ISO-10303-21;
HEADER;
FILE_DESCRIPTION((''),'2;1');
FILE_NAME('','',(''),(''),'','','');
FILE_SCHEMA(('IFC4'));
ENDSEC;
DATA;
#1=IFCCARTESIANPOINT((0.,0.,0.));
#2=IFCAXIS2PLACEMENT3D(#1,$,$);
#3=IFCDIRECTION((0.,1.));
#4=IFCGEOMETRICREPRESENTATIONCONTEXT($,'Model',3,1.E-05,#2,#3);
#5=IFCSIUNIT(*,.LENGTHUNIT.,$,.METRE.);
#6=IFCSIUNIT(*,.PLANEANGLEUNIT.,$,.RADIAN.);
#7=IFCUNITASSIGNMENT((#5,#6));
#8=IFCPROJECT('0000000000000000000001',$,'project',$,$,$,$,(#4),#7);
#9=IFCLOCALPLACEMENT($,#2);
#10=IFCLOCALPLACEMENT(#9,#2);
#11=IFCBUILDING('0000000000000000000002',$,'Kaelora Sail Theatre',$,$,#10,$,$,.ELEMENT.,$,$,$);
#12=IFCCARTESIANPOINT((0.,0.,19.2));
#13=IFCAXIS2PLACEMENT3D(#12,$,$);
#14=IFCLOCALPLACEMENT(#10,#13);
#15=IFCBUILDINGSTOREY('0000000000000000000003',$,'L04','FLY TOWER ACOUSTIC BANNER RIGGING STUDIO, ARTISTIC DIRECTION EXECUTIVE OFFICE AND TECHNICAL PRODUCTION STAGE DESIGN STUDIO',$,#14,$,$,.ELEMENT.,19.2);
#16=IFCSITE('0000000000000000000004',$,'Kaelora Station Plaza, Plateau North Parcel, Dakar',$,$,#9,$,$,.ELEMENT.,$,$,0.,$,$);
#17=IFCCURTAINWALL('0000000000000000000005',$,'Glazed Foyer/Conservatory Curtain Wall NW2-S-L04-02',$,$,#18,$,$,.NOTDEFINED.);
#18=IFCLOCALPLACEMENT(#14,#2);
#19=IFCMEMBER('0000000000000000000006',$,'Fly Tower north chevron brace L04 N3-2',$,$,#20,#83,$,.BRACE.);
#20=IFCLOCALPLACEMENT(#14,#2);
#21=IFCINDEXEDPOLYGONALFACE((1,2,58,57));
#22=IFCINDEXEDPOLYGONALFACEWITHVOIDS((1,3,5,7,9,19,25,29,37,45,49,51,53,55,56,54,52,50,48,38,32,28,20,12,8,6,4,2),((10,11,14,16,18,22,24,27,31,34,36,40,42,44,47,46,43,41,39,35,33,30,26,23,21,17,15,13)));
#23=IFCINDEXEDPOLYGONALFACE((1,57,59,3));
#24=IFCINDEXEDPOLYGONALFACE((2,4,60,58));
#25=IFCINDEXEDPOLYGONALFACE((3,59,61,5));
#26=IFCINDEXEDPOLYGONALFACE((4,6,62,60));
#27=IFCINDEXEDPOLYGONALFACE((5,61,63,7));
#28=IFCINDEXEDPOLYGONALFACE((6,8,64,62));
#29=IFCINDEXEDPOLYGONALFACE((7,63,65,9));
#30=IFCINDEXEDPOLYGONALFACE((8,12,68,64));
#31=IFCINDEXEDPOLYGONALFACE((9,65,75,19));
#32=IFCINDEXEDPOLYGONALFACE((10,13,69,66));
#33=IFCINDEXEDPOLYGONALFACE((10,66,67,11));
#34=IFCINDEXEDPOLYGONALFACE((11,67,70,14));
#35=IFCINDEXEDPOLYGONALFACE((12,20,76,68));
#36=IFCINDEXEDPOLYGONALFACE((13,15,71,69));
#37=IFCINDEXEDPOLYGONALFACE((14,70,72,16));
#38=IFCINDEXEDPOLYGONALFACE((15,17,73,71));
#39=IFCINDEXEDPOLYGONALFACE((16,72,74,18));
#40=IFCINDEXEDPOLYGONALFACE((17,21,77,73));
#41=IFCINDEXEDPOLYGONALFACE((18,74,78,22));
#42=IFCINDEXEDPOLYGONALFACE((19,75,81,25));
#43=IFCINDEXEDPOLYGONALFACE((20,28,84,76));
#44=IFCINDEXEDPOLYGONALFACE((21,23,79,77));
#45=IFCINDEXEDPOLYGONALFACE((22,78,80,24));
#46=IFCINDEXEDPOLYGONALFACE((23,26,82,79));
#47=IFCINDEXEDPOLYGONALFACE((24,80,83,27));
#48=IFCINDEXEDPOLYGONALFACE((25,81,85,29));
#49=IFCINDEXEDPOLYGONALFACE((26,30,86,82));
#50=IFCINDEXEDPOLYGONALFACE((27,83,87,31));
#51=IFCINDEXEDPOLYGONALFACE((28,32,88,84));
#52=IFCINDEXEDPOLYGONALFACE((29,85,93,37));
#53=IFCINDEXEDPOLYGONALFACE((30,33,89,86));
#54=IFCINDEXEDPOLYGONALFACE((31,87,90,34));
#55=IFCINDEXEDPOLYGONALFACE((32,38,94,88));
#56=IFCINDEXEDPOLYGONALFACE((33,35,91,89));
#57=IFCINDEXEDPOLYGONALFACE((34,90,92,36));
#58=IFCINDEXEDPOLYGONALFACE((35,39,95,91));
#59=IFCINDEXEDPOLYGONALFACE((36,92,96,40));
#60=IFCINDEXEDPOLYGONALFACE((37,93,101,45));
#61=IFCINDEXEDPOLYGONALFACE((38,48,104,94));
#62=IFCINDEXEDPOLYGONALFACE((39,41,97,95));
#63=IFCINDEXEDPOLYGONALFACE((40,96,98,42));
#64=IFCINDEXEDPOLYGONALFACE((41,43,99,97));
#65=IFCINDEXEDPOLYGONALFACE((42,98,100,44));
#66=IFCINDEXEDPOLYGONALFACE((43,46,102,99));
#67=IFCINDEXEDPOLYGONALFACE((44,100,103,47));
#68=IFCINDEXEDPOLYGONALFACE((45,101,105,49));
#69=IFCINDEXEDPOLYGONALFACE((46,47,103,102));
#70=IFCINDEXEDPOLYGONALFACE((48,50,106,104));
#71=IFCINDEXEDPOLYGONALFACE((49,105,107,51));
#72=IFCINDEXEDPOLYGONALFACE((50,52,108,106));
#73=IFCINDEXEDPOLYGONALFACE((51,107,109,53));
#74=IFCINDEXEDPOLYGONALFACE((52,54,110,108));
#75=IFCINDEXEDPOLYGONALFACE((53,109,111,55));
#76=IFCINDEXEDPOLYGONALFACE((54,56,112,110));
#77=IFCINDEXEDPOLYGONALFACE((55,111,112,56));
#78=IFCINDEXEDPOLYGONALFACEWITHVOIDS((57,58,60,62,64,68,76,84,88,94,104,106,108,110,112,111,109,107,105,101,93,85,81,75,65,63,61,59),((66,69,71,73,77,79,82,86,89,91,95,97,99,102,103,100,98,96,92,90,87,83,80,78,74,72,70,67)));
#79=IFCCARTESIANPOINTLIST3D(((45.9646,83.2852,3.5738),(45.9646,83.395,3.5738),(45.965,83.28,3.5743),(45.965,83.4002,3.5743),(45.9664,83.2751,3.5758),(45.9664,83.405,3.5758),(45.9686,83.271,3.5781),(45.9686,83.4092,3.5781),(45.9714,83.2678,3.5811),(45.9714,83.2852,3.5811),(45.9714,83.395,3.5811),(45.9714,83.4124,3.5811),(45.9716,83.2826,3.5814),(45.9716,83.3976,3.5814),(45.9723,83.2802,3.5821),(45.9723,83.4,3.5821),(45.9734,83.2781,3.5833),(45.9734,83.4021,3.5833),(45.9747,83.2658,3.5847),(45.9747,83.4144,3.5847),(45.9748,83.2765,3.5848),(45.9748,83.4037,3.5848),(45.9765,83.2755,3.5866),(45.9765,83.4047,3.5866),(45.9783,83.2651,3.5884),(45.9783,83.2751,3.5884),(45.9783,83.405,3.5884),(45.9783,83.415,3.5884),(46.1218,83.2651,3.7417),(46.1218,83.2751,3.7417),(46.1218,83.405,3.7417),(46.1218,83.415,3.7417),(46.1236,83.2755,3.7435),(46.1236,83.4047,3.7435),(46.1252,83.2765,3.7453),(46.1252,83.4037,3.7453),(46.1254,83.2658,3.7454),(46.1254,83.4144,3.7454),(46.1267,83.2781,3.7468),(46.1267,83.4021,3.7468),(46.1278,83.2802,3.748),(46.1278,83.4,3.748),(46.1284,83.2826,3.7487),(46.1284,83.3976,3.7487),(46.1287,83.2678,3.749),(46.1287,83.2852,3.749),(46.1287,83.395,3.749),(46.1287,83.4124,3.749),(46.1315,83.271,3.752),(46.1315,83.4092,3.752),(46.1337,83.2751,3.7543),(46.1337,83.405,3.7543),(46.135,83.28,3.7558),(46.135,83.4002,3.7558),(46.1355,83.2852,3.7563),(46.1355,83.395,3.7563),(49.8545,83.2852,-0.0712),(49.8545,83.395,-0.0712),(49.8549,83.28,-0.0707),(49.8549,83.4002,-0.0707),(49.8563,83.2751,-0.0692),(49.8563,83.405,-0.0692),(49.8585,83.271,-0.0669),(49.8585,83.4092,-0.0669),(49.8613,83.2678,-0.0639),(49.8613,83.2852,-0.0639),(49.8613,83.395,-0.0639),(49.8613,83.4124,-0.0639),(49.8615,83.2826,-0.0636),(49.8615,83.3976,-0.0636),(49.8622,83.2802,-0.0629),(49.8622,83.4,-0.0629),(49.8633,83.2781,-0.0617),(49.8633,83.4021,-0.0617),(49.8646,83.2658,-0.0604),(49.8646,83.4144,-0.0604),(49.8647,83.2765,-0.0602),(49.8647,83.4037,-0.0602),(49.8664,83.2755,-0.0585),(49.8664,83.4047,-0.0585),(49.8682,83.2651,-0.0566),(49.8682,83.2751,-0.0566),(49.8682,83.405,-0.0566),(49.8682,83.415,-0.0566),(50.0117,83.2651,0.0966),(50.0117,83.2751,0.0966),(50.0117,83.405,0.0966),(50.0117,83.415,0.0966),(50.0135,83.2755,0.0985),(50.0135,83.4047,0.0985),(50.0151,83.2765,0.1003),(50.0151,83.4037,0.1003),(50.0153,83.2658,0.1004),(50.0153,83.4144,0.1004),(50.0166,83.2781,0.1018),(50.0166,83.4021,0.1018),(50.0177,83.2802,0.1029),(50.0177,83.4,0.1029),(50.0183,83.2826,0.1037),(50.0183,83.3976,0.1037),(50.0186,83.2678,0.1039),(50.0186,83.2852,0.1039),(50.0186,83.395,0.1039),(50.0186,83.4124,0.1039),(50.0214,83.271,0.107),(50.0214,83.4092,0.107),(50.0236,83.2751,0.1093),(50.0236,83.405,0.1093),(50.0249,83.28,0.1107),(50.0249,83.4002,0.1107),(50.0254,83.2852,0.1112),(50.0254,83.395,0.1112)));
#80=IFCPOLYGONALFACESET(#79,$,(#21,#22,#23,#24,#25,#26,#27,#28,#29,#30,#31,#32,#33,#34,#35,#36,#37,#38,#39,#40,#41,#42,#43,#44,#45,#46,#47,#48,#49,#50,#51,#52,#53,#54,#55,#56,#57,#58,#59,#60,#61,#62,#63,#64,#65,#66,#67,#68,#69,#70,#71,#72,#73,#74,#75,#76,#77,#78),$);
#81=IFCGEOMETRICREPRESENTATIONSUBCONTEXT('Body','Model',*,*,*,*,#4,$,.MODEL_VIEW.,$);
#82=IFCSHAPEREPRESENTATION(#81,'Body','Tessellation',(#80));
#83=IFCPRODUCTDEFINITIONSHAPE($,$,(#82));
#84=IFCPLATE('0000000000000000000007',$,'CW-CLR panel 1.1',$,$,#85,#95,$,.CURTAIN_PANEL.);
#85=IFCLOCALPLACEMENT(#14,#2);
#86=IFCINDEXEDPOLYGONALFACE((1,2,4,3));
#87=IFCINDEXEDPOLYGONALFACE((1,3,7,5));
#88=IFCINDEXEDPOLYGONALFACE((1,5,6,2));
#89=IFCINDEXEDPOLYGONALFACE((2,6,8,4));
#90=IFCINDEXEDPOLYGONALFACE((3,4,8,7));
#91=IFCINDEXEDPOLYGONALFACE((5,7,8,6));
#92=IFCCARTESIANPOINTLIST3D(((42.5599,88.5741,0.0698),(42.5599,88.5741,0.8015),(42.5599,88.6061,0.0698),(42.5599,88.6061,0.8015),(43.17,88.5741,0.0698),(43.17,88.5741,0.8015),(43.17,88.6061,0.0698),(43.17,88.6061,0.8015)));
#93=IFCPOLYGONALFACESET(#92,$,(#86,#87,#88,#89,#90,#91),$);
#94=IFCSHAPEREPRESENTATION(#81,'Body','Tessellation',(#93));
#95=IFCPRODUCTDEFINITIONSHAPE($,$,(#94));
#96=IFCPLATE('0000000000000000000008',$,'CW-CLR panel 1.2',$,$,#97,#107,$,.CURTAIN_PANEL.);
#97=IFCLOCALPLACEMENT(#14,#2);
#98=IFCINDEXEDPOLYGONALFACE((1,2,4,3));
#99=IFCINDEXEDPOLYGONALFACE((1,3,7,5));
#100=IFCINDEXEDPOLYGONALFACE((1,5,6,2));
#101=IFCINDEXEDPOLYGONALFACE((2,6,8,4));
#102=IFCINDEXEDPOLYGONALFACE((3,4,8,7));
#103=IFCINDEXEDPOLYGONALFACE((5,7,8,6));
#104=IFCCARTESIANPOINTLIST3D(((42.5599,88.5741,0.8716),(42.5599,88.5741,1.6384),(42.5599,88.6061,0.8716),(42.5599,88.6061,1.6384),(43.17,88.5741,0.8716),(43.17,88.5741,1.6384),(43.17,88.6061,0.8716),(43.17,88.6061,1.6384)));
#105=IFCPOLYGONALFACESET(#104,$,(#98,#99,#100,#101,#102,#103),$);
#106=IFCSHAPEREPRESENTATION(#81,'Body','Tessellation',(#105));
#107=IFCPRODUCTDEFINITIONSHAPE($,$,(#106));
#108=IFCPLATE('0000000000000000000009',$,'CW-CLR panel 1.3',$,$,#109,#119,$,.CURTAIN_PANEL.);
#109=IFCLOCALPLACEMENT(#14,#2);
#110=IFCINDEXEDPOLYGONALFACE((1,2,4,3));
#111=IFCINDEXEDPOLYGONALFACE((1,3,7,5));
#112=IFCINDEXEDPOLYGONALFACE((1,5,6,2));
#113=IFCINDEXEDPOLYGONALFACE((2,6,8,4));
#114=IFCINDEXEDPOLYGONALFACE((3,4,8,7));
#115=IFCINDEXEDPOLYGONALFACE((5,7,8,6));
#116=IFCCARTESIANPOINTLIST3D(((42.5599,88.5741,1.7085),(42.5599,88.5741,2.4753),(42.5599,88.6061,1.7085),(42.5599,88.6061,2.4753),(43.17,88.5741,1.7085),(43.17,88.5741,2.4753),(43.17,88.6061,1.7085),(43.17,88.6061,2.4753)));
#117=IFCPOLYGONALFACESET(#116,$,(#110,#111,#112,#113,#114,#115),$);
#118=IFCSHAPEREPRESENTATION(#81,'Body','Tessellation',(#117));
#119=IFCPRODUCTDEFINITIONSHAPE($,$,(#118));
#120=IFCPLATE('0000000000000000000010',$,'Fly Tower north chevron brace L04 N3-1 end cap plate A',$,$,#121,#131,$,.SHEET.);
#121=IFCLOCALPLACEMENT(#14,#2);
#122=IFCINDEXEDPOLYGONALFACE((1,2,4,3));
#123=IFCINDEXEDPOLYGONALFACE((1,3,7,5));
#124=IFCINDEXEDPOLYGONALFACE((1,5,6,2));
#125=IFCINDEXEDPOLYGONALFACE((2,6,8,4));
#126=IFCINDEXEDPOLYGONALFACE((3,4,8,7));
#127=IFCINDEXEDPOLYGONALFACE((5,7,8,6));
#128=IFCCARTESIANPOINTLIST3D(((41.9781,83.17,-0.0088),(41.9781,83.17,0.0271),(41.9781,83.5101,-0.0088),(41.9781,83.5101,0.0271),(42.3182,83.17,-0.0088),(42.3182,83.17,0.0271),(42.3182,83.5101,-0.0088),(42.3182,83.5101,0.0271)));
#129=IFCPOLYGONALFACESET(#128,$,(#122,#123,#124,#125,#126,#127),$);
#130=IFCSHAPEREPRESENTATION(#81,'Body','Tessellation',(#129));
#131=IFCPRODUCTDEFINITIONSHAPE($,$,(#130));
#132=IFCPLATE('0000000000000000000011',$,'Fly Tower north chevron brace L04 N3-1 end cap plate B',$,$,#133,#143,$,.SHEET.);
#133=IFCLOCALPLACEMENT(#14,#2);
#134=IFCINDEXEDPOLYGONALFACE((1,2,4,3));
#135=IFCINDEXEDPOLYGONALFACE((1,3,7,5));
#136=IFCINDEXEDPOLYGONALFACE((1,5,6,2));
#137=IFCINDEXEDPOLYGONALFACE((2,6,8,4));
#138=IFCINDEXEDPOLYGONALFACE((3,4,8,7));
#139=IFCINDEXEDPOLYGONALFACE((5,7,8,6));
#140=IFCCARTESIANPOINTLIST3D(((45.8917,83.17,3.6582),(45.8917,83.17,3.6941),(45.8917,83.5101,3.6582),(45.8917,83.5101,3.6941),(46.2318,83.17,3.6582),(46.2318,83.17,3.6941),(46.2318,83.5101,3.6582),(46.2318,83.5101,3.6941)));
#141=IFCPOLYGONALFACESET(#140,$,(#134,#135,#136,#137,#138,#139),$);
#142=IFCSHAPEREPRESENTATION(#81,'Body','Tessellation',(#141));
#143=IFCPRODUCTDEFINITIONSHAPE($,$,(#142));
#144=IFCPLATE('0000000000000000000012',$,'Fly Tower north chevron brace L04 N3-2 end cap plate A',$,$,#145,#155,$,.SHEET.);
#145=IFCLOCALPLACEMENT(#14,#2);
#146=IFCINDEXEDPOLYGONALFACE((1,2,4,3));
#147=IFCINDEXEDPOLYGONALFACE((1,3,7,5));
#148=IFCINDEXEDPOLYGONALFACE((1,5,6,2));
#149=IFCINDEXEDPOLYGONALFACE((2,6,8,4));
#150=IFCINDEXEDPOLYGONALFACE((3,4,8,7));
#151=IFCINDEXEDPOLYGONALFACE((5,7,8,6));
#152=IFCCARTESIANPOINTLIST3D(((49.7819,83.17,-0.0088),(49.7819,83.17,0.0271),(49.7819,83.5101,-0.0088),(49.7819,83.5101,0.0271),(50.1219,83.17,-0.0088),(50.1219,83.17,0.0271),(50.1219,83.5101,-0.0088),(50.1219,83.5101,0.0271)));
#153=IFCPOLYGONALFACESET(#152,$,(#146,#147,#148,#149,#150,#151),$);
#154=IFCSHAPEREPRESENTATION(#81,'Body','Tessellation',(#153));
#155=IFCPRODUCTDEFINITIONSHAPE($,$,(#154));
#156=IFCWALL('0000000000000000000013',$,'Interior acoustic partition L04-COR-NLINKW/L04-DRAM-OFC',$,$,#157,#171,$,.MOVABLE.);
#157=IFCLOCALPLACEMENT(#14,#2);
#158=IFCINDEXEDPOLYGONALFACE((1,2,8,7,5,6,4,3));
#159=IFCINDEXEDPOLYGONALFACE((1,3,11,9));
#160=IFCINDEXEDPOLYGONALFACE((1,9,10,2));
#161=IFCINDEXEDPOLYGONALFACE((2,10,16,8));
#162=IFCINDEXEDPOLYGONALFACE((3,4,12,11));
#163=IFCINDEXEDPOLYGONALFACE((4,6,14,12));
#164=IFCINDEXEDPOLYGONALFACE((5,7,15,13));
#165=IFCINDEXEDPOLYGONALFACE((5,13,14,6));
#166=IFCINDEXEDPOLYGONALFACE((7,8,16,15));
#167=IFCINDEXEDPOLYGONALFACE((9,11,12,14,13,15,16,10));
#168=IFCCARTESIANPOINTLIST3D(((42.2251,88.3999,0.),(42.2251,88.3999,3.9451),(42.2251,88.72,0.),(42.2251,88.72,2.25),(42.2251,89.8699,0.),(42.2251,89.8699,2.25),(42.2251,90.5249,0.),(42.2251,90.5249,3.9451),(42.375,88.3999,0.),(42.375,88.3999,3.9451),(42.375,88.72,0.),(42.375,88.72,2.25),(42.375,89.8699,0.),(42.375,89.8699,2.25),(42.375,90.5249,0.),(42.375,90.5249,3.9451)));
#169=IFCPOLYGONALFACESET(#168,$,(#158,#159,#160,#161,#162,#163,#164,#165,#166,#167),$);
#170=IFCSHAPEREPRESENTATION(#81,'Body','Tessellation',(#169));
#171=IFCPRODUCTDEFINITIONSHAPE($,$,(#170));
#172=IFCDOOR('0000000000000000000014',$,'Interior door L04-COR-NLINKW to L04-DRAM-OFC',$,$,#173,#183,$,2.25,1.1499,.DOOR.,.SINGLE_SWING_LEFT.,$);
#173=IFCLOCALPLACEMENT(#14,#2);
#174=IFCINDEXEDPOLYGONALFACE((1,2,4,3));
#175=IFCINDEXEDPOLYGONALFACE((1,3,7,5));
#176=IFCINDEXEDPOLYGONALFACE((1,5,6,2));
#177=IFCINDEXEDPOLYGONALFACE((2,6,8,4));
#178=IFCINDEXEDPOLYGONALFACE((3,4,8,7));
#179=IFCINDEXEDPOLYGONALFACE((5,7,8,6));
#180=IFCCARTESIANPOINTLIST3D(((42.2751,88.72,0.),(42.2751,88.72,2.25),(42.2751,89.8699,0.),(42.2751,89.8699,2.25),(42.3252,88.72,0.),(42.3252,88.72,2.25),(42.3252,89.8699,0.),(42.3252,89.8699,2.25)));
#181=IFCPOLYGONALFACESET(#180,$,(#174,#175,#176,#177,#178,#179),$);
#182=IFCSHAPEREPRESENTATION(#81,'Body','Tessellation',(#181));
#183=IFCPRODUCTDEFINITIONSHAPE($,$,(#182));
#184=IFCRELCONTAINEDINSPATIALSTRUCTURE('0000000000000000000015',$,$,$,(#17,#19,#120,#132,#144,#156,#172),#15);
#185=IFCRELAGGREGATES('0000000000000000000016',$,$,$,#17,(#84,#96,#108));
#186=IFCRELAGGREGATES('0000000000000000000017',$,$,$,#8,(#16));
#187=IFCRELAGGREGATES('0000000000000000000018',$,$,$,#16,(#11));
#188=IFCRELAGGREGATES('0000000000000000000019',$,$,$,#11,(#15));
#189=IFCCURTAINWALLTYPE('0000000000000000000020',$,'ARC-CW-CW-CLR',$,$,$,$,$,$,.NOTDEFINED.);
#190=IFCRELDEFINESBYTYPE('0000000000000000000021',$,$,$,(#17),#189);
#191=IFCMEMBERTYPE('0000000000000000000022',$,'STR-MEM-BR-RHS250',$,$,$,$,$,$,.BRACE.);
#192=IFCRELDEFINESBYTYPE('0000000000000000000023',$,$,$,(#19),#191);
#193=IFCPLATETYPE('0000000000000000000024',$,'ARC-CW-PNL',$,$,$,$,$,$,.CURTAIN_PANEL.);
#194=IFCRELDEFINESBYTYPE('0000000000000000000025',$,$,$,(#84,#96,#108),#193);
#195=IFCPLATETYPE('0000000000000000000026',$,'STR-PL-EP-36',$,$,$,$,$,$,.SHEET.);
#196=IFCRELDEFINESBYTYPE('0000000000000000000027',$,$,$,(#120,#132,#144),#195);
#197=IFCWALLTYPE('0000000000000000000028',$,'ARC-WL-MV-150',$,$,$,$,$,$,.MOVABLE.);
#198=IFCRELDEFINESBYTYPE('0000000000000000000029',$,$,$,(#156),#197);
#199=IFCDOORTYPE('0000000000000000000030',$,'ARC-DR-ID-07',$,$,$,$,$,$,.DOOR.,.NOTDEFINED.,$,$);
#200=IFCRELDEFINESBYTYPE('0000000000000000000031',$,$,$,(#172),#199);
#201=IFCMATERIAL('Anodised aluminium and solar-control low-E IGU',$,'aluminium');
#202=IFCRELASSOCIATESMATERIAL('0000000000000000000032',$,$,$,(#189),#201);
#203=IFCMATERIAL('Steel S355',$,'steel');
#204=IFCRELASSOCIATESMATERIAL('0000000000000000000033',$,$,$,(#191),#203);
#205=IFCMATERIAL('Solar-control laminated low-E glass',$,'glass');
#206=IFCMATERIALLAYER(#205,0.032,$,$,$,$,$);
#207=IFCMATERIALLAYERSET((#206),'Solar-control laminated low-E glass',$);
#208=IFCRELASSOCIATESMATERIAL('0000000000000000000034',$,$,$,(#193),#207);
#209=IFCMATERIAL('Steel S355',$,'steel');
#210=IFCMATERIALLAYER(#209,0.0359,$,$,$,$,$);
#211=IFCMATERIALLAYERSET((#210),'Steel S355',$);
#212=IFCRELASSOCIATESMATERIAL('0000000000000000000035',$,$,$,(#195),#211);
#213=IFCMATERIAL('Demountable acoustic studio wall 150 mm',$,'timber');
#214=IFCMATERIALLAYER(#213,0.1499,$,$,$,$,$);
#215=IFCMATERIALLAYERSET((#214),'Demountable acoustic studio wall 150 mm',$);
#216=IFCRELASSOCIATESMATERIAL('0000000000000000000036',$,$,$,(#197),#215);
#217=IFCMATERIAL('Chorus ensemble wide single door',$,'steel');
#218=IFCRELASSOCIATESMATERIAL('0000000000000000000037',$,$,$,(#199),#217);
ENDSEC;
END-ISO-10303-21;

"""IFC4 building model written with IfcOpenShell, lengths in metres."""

from ifc_helpers import new_model, si_unit, direction, frame, frame_2d, origin, origin_2d, place, context, subcontext, project, spatial, rectangle, hollow_rectangle, extrude, material, layer, layer_set, material_profile, profile_set, type_object, element, fill, aggregate, save


model = new_model("IFC4")

# Units and contexts
model_context = context("Model", 3, precision=1e-05, world=origin(), true_north=direction((0.0, 1.0)))
body_context = subcontext(model_context, "Body", "Model", "MODEL_VIEW")
ifc_project = project(units=[si_unit("LENGTHUNIT", "METRE"), si_unit("PLANEANGLEUNIT", "RADIAN")], contexts=[model_context])

# Site, building, storey
site_placement = place(None, origin())
site = spatial("IfcSite", under=ifc_project, at=site_placement, Name="Kaelora Station Plaza, Plateau North Parcel, Dakar", CompositionType="ELEMENT", RefElevation=0.0)
building_placement = place(site_placement, origin())
building = spatial("IfcBuilding", under=site, at=building_placement, Name="Kaelora Sail Theatre", CompositionType="ELEMENT")
storey_placement = place(building_placement, frame((0.0, 0.0, 19.2)))
storey = spatial("IfcBuildingStorey", under=building, at=storey_placement, Name="L04", Description="FLY TOWER ACOUSTIC BANNER RIGGING STUDIO, ARTISTIC DIRECTION EXECUTIVE OFFICE AND TECHNICAL PRODUCTION STAGE DESIGN STUDIO", CompositionType="ELEMENT", Elevation=19.2)

# Curtain wall
ifc_material_1 = material(Name="Anodised aluminium and solar-control low-E IGU", Category="aluminium")
curtain_wall_type = type_object("IfcCurtainWallType", Name="ARC-CW-CW-CLR", PredefinedType="NOTDEFINED", material=ifc_material_1)
curtain_wall_placement = place(storey_placement, origin())
curtain_wall = element("IfcCurtainWall", 1, at=curtain_wall_placement, inside=storey, type_object=curtain_wall_type, Name="Glazed Foyer/Conservatory Curtain Wall NW2-S-L04-02", PredefinedType="NOTDEFINED")

# Member
ifc_material_2 = material(Name="Steel S355", Category="steel")
ifc_material_profile_1 = material_profile(ifc_material_2, hollow_rectangle(XDim=0.1499, YDim=0.25, WallThickness=0.01, InnerFilletRadius=0.01, OuterFilletRadius=0.02, at=origin_2d()), Name="RHS 250x150x10.0")
ifc_profile_set_1 = profile_set([ifc_material_profile_1], Name="Steel S355")
member_type_1 = type_object("IfcMemberType", Name="STR-MEM-BR-RHS250", PredefinedType="BRACE", material=ifc_profile_set_1)
member_1_placement = place(storey_placement, frame((49.9399, 83.3401, 0.02), z_axis=(-0.729701, 0.0, 0.683766), x_axis=(0.0, -1.0, 0.0)))
element("IfcMember", 2, at=member_1_placement, inside=storey, type_object=member_type_1, Name="Fly Tower north chevron brace L04 N3-2", PredefinedType="BRACE", context=body_context, shape_type="SweptSolid", body=[
    extrude(hollow_rectangle(XDim=0.1499, YDim=0.25, WallThickness=0.01, InnerFilletRadius=0.01, OuterFilletRadius=0.02, at=origin_2d()), origin(), (0.0, 0.0, 1.0), 5.3308),
])

# Plates
ifc_material_3 = material(Name="Solar-control laminated low-E glass", Category="glass")
ifc_layer_1 = layer(ifc_material_3, 0.032)
ifc_layer_set_1 = layer_set([ifc_layer_1], Name="Solar-control laminated low-E glass")
plate_type_1 = type_object("IfcPlateType", Name="ARC-CW-PNL", PredefinedType="CURTAIN_PANEL", material=ifc_layer_set_1)
plate_1_placement = place(storey_placement, frame((42.865, 88.5901, 0.0698), z_axis=(0.0, 0.0, 1.0), x_axis=(1.0, 0.0, 0.0)))
plate_1 = element("IfcPlate", 3, at=plate_1_placement, type_object=plate_type_1, Name="CW-CLR panel 1.1", PredefinedType="CURTAIN_PANEL", context=body_context, shape_type="SweptSolid", body=[
    extrude(rectangle(XDim=0.6101, YDim=0.032, at=origin_2d()), origin(), (0.0, 0.0, 1.0), 0.7317),
])
plate_2_placement = place(storey_placement, frame((42.865, 88.5901, 0.8716), z_axis=(0.0, 0.0, 1.0), x_axis=(1.0, 0.0, 0.0)))
plate_2 = element("IfcPlate", 4, at=plate_2_placement, type_object=plate_type_1, Name="CW-CLR panel 1.2", PredefinedType="CURTAIN_PANEL", context=body_context, shape_type="SweptSolid", body=[
    extrude(rectangle(XDim=0.6101, YDim=0.032, at=origin_2d()), origin(), (0.0, 0.0, 1.0), 0.7668),
])
plate_3_placement = place(storey_placement, frame((42.865, 88.5901, 1.7085), z_axis=(0.0, 0.0, 1.0), x_axis=(1.0, 0.0, 0.0)))
plate_3 = element("IfcPlate", 5, at=plate_3_placement, type_object=plate_type_1, Name="CW-CLR panel 1.3", PredefinedType="CURTAIN_PANEL", context=body_context, shape_type="SweptSolid", body=[
    extrude(rectangle(XDim=0.6101, YDim=0.032, at=origin_2d()), origin(), (0.0, 0.0, 1.0), 0.7668),
])
aggregate(curtain_wall, [plate_1, plate_2, plate_3])

# Plates
ifc_material_4 = material(Name="Steel S355", Category="steel")
ifc_layer_2 = layer(ifc_material_4, 0.0359)
ifc_layer_set_2 = layer_set([ifc_layer_2], Name="Steel S355")
plate_type_2 = type_object("IfcPlateType", Name="STR-PL-EP-36", PredefinedType="SHEET", material=ifc_layer_set_2)
for number, where, z_axis, x_axis, name in (
    (6, (42.1482, 83.3401, -0.0088), (0.0, 0.0, 1.0), (1.0, 0.0, 0.0), "Fly Tower north chevron brace L04 N3-1 end cap plate A"),
    (7, (46.0618, 83.3401, 3.6582), (0.0, 0.0, 1.0), (1.0, 0.0, 0.0), "Fly Tower north chevron brace L04 N3-1 end cap plate B"),
    (8, (49.9519, 83.3401, -0.0088), (0.0, 0.0, 1.0), (1.0, 0.0, 0.0), "Fly Tower north chevron brace L04 N3-2 end cap plate A"),
):
    element("IfcPlate", number, at=place(storey_placement, frame(where, z_axis=z_axis, x_axis=x_axis)), inside=storey, type_object=plate_type_2, Name=name, PredefinedType="SHEET", context=body_context, shape_type="SweptSolid", body=[
        extrude(rectangle(XDim=0.3401, YDim=0.3401, at=origin_2d()), origin(), (0.0, 0.0, 1.0), 0.0359),
    ])

# Wall, opening, door
ifc_material_5 = material(Name="Demountable acoustic studio wall 150 mm", Category="timber")
ifc_layer_3 = layer(ifc_material_5, 0.1499)
ifc_layer_set_3 = layer_set([ifc_layer_3], Name="Demountable acoustic studio wall 150 mm")
wall_type_1 = type_object("IfcWallType", Name="ARC-WL-MV-150", PredefinedType="MOVABLE", material=ifc_layer_set_3)
wall_1_placement = place(storey_placement, frame((42.3, 88.3999, 0.0), z_axis=(0.0, 0.0, 1.0), x_axis=(0.0, 1.0, 0.0)))
wall_1 = element("IfcWall", 9, at=wall_1_placement, inside=storey, type_object=wall_type_1, Name="Interior acoustic partition L04-COR-NLINKW/L04-DRAM-OFC", PredefinedType="MOVABLE", context=body_context, shape_type="SweptSolid", body=[
    extrude(rectangle(XDim=2.125, YDim=0.1499, at=frame_2d((1.0625, 0.0))), origin(), (0.0, 0.0, 1.0), 3.9451),
])
opening_placement = place(wall_1_placement, frame((0.3201, 0.0, 0.0)))
opening = element("IfcOpeningElement", 10, at=opening_placement, cuts=wall_1, PredefinedType="OPENING", context=body_context, shape_type="SweptSolid", body=[
    extrude(rectangle(XDim=1.1499, YDim=2.25, at=frame_2d((0.575, 1.125))), frame((0.0, 0.085, 0.0), z_axis=(0.0, -1.0, 0.0), x_axis=(1.0, 0.0, 0.0)), (0.0, 0.0, 1.0), 0.1699),
])
ifc_material_6 = material(Name="Chorus ensemble wide single door", Category="steel")
door_type = type_object("IfcDoorType", Name="ARC-DR-ID-07", OperationType="NOTDEFINED", PredefinedType="DOOR", material=ifc_material_6)
door_placement = place(opening_placement, origin())
door = element("IfcDoor", 11, at=door_placement, inside=storey, type_object=door_type, Name="Interior door L04-COR-NLINKW to L04-DRAM-OFC", OperationType="SINGLE_SWING_LEFT", OverallHeight=2.25, OverallWidth=1.1499, PredefinedType="DOOR", context=body_context, shape_type="SweptSolid", body=[
    extrude(rectangle(XDim=1.1499, YDim=2.25, at=frame_2d((0.575, 1.125))), frame((0.0, 0.0249, 0.0), z_axis=(0.0, -1.0, 0.0), x_axis=(1.0, 0.0, 0.0)), (0.0, 0.0, 1.0), 0.05),
])
fill(opening, door)

save(model, "model.ifc")
